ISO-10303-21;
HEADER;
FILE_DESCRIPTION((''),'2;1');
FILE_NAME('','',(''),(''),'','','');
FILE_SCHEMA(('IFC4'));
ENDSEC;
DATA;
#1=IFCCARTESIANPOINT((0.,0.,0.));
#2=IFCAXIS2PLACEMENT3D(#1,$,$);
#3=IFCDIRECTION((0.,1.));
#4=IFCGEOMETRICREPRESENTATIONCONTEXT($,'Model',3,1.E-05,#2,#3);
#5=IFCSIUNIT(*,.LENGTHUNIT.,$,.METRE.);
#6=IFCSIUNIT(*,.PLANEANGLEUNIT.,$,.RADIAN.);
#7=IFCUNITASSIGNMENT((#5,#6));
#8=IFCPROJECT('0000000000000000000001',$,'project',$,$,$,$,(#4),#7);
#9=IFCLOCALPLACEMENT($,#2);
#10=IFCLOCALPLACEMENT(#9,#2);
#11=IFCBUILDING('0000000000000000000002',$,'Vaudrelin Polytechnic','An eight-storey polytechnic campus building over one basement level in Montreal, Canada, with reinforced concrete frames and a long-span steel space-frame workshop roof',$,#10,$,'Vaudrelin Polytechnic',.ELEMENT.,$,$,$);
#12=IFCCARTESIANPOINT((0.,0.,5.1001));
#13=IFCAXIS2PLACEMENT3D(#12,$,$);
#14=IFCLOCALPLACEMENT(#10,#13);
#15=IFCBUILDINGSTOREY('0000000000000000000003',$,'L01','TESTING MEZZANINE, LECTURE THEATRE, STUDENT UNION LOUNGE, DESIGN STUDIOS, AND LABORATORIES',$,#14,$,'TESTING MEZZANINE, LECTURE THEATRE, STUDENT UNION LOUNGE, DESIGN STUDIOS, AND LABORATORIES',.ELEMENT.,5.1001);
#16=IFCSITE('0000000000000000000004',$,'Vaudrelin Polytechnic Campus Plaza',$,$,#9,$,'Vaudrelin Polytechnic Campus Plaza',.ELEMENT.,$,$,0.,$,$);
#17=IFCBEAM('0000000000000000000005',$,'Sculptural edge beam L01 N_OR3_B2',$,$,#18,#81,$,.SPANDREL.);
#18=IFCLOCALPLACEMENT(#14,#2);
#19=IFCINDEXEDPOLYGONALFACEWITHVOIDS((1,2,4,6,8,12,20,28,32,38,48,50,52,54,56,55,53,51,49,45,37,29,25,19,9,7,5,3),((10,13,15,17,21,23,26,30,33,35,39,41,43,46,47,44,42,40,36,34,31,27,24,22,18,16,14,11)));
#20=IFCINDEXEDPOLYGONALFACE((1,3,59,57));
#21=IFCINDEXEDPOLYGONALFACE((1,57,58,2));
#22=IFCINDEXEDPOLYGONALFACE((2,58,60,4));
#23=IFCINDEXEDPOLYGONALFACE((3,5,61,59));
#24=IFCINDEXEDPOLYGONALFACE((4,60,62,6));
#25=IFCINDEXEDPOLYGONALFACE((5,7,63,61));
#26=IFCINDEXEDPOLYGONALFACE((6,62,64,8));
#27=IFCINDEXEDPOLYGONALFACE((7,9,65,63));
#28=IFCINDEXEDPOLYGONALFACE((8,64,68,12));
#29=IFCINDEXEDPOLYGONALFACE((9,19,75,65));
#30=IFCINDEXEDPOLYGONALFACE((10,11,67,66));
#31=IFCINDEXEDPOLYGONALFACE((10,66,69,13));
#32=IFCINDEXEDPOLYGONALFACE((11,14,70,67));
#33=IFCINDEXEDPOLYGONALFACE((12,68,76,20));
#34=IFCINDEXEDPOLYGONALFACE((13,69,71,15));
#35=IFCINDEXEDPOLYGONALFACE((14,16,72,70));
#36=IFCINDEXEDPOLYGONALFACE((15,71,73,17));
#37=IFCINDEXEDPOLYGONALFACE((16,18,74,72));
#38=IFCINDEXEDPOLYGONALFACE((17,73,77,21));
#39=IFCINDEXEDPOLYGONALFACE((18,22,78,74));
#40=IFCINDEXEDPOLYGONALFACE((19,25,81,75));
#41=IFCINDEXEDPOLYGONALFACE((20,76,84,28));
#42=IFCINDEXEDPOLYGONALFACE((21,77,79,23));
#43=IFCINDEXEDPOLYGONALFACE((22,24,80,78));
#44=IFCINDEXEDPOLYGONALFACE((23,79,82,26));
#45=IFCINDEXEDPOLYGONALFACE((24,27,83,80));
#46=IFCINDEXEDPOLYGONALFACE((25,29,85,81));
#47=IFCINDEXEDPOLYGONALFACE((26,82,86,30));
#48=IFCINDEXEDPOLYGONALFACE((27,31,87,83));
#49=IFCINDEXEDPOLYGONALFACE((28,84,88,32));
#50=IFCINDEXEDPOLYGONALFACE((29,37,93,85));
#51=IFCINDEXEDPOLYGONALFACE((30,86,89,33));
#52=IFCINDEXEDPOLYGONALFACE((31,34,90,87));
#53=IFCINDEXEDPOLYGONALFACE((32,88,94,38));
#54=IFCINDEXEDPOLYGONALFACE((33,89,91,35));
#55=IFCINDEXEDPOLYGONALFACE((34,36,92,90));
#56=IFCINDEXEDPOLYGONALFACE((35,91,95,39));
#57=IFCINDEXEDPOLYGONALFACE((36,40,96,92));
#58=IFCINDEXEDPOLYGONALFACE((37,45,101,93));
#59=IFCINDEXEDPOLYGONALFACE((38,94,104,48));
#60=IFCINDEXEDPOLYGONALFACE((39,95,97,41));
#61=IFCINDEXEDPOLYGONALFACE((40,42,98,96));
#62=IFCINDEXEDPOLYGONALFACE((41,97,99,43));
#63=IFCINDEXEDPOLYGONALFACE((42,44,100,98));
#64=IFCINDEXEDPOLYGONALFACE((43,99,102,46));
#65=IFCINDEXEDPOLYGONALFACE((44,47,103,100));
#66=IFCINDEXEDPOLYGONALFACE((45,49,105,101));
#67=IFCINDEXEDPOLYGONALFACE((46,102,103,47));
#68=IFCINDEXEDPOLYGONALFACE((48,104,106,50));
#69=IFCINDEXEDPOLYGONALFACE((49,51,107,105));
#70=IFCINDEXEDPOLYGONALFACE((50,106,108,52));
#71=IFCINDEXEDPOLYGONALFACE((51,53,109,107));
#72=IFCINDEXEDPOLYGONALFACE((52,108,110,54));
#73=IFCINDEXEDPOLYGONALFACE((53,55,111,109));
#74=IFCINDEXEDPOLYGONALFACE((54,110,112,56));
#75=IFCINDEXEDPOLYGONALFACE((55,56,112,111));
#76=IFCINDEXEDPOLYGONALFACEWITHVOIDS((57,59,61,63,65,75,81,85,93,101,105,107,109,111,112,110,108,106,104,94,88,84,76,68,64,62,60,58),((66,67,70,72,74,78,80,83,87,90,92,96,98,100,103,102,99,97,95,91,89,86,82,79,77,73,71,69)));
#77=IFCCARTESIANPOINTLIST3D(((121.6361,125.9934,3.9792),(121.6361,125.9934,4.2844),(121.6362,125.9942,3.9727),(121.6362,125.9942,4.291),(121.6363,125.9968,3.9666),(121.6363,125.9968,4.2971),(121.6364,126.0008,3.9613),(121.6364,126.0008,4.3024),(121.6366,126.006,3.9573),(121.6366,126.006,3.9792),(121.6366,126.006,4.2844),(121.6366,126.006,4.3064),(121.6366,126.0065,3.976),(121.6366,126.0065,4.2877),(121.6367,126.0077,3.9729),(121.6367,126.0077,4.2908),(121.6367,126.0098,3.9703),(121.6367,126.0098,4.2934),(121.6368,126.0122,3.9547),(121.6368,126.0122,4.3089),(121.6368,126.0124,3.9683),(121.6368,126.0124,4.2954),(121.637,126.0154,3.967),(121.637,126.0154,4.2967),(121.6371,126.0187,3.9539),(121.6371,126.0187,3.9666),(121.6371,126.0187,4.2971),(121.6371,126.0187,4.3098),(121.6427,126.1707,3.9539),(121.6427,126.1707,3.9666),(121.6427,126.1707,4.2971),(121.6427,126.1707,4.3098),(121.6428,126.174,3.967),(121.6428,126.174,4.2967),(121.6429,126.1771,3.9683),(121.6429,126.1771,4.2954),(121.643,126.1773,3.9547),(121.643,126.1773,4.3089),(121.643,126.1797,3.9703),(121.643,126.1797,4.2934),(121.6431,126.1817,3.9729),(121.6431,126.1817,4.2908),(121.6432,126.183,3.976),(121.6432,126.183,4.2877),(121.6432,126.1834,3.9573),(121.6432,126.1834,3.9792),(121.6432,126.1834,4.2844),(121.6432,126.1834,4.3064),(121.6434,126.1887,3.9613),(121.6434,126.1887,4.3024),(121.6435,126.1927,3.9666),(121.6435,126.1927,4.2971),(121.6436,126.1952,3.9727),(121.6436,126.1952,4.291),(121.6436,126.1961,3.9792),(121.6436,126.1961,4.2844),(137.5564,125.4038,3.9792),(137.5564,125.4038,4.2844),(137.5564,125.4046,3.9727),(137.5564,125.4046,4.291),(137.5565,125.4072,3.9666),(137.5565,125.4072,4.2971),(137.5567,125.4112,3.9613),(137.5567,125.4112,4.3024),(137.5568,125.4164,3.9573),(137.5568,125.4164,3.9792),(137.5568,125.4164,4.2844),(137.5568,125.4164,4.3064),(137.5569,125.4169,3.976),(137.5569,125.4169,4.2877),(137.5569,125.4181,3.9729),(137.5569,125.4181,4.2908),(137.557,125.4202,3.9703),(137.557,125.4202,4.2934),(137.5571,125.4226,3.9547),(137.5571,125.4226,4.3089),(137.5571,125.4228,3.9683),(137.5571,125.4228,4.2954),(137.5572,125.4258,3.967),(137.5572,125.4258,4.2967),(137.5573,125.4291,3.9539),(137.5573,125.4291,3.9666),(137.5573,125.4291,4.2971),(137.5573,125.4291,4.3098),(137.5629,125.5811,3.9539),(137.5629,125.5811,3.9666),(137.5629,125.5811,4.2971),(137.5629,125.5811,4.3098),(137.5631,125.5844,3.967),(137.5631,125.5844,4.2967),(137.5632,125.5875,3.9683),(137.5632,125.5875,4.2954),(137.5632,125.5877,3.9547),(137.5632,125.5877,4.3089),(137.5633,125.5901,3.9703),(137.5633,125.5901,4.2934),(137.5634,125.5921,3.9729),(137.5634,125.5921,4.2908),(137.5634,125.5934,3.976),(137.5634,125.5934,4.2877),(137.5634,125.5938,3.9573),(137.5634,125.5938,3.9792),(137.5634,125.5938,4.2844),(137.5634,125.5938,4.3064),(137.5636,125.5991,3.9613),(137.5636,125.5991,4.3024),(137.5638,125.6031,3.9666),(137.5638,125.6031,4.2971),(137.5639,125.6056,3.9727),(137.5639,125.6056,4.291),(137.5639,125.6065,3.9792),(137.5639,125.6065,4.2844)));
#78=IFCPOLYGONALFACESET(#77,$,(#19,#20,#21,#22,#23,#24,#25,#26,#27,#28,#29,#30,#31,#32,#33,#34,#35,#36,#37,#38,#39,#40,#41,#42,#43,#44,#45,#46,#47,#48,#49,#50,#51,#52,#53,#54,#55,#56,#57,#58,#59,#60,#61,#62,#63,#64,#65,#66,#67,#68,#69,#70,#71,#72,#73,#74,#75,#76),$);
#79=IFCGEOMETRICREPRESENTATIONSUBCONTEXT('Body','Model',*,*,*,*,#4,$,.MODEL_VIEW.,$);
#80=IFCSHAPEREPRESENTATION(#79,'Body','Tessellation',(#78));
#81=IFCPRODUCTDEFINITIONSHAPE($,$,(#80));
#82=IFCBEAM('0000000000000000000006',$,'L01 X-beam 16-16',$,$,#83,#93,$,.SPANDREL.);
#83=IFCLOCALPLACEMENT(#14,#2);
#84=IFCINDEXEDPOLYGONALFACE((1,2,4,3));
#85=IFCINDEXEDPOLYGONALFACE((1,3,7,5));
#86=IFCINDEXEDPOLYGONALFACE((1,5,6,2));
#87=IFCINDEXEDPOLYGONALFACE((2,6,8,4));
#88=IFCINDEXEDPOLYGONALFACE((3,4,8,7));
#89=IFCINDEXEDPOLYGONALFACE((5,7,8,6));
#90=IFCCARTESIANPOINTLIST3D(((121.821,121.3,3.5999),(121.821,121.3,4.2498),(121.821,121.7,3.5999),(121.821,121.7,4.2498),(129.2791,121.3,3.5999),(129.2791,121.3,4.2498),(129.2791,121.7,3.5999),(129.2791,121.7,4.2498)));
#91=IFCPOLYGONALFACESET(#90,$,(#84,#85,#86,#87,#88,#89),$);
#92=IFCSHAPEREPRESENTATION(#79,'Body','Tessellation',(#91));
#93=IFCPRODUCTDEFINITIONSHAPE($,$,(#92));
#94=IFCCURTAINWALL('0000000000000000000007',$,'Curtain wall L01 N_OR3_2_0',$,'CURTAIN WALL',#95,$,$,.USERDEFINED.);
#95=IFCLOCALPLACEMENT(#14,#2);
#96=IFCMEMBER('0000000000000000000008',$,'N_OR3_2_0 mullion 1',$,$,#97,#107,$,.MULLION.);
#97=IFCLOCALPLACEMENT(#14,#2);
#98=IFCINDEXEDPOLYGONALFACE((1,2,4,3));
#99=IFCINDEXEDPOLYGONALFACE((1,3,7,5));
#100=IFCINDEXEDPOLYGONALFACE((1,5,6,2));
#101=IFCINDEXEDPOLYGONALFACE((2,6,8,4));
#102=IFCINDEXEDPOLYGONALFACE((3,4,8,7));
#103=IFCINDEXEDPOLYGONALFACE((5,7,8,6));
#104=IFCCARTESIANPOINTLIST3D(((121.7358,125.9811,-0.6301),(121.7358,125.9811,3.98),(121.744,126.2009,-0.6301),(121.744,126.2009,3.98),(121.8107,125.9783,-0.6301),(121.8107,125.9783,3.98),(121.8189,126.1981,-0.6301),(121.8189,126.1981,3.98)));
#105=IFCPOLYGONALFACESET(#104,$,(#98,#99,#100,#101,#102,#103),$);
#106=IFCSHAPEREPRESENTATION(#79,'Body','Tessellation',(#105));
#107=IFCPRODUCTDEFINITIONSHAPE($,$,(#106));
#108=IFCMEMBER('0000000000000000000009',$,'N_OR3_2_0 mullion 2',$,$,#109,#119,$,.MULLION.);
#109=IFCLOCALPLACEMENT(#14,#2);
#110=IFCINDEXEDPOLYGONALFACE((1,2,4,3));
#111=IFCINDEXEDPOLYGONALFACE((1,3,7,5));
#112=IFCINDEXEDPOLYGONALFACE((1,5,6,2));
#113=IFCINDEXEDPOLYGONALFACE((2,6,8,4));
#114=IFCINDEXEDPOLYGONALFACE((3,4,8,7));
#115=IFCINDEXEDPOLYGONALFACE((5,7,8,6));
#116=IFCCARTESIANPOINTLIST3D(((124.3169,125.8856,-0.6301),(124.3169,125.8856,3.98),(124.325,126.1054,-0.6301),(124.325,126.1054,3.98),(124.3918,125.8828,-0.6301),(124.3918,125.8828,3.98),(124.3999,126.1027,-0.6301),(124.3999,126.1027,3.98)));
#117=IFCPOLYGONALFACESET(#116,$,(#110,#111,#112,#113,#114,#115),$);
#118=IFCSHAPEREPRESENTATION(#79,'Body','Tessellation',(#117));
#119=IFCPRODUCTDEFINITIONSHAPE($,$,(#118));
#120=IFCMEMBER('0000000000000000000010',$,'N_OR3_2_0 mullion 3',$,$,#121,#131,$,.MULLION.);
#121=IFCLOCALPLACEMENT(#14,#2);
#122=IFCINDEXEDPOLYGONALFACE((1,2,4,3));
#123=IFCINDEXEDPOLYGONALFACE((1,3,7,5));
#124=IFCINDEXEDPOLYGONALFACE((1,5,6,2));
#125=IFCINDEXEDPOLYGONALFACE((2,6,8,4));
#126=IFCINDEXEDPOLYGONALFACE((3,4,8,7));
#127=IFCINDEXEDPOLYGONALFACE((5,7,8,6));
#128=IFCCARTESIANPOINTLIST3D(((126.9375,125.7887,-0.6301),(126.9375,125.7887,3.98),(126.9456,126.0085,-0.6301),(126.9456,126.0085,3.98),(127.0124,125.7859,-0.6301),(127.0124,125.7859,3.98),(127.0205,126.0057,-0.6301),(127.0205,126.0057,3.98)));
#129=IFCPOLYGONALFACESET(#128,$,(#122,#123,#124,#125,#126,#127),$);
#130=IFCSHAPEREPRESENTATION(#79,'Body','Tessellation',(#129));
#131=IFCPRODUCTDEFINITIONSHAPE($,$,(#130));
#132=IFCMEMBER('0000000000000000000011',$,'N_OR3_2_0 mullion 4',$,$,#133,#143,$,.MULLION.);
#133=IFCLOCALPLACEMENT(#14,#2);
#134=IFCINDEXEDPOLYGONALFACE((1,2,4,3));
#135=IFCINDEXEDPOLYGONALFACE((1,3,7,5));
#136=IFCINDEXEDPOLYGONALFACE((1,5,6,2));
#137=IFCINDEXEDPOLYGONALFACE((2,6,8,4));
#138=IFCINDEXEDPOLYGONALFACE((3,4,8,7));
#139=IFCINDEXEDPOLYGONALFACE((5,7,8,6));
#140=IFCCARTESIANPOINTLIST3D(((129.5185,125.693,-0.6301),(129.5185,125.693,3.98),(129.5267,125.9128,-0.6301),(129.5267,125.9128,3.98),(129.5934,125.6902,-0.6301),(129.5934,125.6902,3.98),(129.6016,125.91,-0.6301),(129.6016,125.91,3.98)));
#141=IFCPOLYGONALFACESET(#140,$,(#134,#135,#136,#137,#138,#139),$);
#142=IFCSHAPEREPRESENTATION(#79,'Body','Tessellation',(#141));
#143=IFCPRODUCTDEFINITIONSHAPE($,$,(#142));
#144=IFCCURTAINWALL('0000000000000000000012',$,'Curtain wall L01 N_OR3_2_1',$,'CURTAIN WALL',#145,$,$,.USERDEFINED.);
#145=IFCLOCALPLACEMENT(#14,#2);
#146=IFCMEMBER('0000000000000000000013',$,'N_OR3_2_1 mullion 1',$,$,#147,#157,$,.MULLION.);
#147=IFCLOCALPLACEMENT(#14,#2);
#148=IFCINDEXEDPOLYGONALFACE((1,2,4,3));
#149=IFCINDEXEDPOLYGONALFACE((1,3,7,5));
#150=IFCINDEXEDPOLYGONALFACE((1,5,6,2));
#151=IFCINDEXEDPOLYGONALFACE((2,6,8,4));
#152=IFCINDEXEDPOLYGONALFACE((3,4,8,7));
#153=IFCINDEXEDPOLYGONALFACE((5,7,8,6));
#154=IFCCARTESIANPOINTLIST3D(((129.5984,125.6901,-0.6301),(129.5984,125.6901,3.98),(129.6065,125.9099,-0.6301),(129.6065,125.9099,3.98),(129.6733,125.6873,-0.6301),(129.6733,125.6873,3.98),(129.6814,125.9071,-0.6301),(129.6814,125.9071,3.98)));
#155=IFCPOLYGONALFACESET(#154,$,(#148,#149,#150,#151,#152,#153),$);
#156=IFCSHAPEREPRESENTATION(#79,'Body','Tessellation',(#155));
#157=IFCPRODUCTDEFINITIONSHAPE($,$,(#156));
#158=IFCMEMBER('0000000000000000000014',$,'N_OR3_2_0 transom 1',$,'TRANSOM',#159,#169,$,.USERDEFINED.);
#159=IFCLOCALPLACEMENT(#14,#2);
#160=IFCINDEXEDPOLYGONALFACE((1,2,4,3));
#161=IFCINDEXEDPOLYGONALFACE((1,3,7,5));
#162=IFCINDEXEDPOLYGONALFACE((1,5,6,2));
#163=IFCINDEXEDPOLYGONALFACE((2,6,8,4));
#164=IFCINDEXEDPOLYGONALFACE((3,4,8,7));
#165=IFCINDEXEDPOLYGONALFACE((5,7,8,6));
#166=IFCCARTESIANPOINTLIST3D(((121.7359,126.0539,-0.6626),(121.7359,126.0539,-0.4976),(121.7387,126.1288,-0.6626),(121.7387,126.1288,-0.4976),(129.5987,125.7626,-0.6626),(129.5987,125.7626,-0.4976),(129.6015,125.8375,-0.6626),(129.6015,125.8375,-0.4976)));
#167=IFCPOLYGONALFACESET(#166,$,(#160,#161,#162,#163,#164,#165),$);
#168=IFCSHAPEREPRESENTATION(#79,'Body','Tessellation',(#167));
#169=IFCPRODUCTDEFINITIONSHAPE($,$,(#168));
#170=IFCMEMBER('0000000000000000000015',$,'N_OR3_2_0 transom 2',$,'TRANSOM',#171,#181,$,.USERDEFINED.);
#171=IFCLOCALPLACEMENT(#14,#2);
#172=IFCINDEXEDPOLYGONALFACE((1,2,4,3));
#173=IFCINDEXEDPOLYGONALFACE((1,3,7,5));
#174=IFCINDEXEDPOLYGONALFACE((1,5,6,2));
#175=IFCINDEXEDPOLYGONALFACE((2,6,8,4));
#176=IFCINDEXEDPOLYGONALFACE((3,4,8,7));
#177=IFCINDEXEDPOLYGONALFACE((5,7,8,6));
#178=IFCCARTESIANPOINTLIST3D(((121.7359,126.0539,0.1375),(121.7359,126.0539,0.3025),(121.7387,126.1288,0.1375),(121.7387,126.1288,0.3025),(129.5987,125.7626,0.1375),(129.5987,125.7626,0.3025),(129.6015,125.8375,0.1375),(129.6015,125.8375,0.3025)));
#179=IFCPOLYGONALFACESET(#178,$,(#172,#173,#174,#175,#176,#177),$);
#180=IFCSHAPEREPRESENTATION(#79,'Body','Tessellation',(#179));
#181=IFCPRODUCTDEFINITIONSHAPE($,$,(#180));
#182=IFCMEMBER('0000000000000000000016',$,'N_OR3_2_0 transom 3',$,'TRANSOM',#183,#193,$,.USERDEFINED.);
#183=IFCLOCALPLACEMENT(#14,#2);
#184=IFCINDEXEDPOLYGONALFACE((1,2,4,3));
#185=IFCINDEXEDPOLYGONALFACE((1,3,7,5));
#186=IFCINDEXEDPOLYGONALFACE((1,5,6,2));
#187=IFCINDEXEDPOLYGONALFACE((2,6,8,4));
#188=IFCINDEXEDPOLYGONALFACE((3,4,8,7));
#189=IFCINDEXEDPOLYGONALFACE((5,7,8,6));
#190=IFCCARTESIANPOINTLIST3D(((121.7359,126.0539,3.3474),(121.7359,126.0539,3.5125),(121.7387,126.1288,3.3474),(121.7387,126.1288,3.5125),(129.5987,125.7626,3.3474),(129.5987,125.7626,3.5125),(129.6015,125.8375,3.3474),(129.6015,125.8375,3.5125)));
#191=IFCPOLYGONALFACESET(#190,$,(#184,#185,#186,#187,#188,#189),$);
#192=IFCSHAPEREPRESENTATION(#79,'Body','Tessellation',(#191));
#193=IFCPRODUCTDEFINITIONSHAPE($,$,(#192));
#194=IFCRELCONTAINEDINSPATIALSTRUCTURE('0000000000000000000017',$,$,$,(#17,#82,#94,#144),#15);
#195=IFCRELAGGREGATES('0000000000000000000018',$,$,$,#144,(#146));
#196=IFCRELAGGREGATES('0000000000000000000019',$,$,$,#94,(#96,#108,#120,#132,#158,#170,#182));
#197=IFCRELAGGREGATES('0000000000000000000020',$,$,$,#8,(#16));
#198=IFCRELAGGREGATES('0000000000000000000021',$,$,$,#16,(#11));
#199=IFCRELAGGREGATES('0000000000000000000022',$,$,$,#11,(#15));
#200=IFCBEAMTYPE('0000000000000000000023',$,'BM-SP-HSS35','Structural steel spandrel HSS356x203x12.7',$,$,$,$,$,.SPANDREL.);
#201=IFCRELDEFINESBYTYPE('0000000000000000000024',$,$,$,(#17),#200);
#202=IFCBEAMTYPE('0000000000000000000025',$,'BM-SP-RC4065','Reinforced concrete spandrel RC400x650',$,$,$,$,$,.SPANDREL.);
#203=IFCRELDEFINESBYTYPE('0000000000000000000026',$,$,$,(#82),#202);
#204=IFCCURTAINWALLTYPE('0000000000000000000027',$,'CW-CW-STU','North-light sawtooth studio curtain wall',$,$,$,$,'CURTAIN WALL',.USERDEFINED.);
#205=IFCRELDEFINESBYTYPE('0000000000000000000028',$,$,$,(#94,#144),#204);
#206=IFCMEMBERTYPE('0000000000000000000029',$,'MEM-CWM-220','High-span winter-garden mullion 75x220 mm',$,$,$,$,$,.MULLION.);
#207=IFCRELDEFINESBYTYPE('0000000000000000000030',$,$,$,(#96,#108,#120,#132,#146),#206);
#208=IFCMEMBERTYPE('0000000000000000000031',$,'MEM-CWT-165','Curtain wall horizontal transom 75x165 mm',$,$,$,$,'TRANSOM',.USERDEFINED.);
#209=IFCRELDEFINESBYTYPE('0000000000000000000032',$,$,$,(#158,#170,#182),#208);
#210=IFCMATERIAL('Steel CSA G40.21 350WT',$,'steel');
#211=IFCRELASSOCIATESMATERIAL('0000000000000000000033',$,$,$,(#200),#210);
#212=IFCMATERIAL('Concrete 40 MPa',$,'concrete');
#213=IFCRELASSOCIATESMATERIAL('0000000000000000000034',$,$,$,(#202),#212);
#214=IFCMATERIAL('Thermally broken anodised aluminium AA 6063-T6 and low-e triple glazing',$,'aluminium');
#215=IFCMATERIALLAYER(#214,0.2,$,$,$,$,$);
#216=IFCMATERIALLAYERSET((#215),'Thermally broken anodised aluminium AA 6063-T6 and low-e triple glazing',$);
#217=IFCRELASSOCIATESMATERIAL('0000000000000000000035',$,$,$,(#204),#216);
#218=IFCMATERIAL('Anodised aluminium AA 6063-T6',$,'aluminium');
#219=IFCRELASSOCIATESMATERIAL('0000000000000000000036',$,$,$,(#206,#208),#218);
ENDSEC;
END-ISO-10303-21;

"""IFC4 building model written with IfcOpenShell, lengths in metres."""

from ifc_helpers import new_model, si_unit, direction, frame, origin, origin_2d, place, context, subcontext, project, spatial, rectangle, hollow_rectangle, extrude, material, layer, layer_set, material_profile, profile_set, type_object, element, aggregate, save


model = new_model("IFC4")

# Units and contexts
model_context = context("Model", 3, precision=1e-05, world=origin(), true_north=direction((0.0, 1.0)))
body_context = subcontext(model_context, "Body", "Model", "MODEL_VIEW")
ifc_project = project(units=[si_unit("LENGTHUNIT", "METRE"), si_unit("PLANEANGLEUNIT", "RADIAN")], contexts=[model_context])

# Site, building, storey
site_placement = place(None, origin())
site = spatial("IfcSite", under=ifc_project, at=site_placement, Name="Vaudrelin Polytechnic Campus Plaza", LongName="Vaudrelin Polytechnic Campus Plaza", CompositionType="ELEMENT", RefElevation=0.0)
building_placement = place(site_placement, origin())
building = spatial("IfcBuilding", under=site, at=building_placement, Name="Vaudrelin Polytechnic", Description="An eight-storey polytechnic campus building over one basement level in Montreal, Canada, with reinforced concrete frames and a long-span steel space-frame workshop roof", LongName="Vaudrelin Polytechnic", CompositionType="ELEMENT")
storey_placement = place(building_placement, frame((0.0, 0.0, 5.1001)))
storey = spatial("IfcBuildingStorey", under=building, at=storey_placement, Name="L01", Description="TESTING MEZZANINE, LECTURE THEATRE, STUDENT UNION LOUNGE, DESIGN STUDIOS, AND LABORATORIES", LongName="TESTING MEZZANINE, LECTURE THEATRE, STUDENT UNION LOUNGE, DESIGN STUDIOS, AND LABORATORIES", CompositionType="ELEMENT", Elevation=5.1001)

# Shared definitions
ifc_material_1 = material(Name="Steel CSA G40.21 350WT", Category="steel")
ifc_material_2 = material(Name="Concrete 40 MPa", Category="concrete")

# Beams
ifc_material_profile_1 = material_profile(ifc_material_1, hollow_rectangle(XDim=0.2029, YDim=0.356, WallThickness=0.0127, InnerFilletRadius=0.0127, OuterFilletRadius=0.0254, at=origin_2d()), Name="HSS356x203x12.7")
ifc_profile_set_1 = profile_set([ifc_material_profile_1], Name="Steel CSA G40.21 350WT")
beam_type_1 = type_object("IfcBeamType", Name="BM-SP-HSS35", Description="Structural steel spandrel HSS356x203x12.7", PredefinedType="SPANDREL", material=ifc_profile_set_1)
beam_1_placement = place(storey_placement, frame((121.6399, 126.0947, 4.1318), z_axis=(0.999315, -0.037009, 0.0), x_axis=(0.037009, 0.999315, 0.0)))
element("IfcBeam", 1, at=beam_1_placement, inside=storey, type_object=beam_type_1, Name="Sculptural edge beam L01 N_OR3_B2", PredefinedType="SPANDREL", context=body_context, shape_type="SweptSolid", body=[
    extrude(hollow_rectangle(XDim=0.2029, YDim=0.356, WallThickness=0.0127, InnerFilletRadius=0.0127, OuterFilletRadius=0.0254, at=origin_2d()), origin(), (0.0, 0.0, 1.0), 15.9312),
])
ifc_material_profile_2 = material_profile(ifc_material_2, rectangle(XDim=0.3999, YDim=0.6499, at=origin_2d()), Name="RC400x650")
ifc_profile_set_2 = profile_set([ifc_material_profile_2], Name="Concrete 40 MPa")
beam_type_2 = type_object("IfcBeamType", Name="BM-SP-RC4065", Description="Reinforced concrete spandrel RC400x650", PredefinedType="SPANDREL", material=ifc_profile_set_2)
beam_2_placement = place(storey_placement, frame((121.821, 121.5, 3.9248), z_axis=(1.0, 0.0, 0.0), x_axis=(0.0, 1.0, 0.0)))
element("IfcBeam", 2, at=beam_2_placement, inside=storey, type_object=beam_type_2, Name="L01 X-beam 16-16", PredefinedType="SPANDREL", context=body_context, shape_type="SweptSolid", body=[
    extrude(rectangle(XDim=0.3999, YDim=0.6499, at=origin_2d()), origin(), (0.0, 0.0, 1.0), 7.458),
])

# Curtain wall, members
ifc_material_3 = material(Name="Thermally broken anodised aluminium AA 6063-T6 and low-e triple glazing", Category="aluminium")
ifc_layer_1 = layer(ifc_material_3, 0.2)
ifc_layer_set_1 = layer_set([ifc_layer_1], Name="Thermally broken anodised aluminium AA 6063-T6 and low-e triple glazing")
curtain_wall_type = type_object("IfcCurtainWallType", Name="CW-CW-STU", Description="North-light sawtooth studio curtain wall", ElementType="CURTAIN WALL", PredefinedType="USERDEFINED", material=ifc_layer_set_1)
curtain_wall_1_placement = place(storey_placement, origin())
curtain_wall_1 = element("IfcCurtainWall", 3, at=curtain_wall_1_placement, inside=storey, type_object=curtain_wall_type, Name="Curtain wall L01 N_OR3_2_0", ObjectType="CURTAIN WALL", PredefinedType="USERDEFINED")
ifc_material_4 = material(Name="Anodised aluminium AA 6063-T6", Category="aluminium")
ifc_material_profile_3 = material_profile(ifc_material_4, rectangle(XDim=0.075, YDim=0.22, at=origin_2d()), Name="CWM-75x220")
ifc_profile_set_3 = profile_set([ifc_material_profile_3], Name="Anodised aluminium AA 6063-T6")
member_type_1 = type_object("IfcMemberType", Name="MEM-CWM-220", Description="High-span winter-garden mullion 75x220 mm", PredefinedType="MULLION", material=ifc_profile_set_3)
member_1_placement = place(storey_placement, frame((121.7773, 126.0896, -0.6301), z_axis=(0.0, 0.0, 1.0), x_axis=(0.999315, -0.037011, 0.0)))
member_1 = element("IfcMember", 4, at=member_1_placement, type_object=member_type_1, Name="N_OR3_2_0 mullion 1", PredefinedType="MULLION", context=body_context, shape_type="SweptSolid", body=[
    extrude(rectangle(XDim=0.075, YDim=0.22, at=origin_2d()), origin(), (0.0, 0.0, 1.0), 4.6101),
])
member_2_placement = place(storey_placement, frame((124.3584, 125.9941, -0.6301), z_axis=(0.0, 0.0, 1.0), x_axis=(0.999315, -0.037011, 0.0)))
member_2 = element("IfcMember", 5, at=member_2_placement, type_object=member_type_1, Name="N_OR3_2_0 mullion 2", PredefinedType="MULLION", context=body_context, shape_type="SweptSolid", body=[
    extrude(rectangle(XDim=0.075, YDim=0.22, at=origin_2d()), origin(), (0.0, 0.0, 1.0), 4.6101),
])
member_3_placement = place(storey_placement, frame((126.979, 125.8972, -0.6301), z_axis=(0.0, 0.0, 1.0), x_axis=(0.999315, -0.037011, 0.0)))
member_3 = element("IfcMember", 6, at=member_3_placement, type_object=member_type_1, Name="N_OR3_2_0 mullion 3", PredefinedType="MULLION", context=body_context, shape_type="SweptSolid", body=[
    extrude(rectangle(XDim=0.075, YDim=0.22, at=origin_2d()), origin(), (0.0, 0.0, 1.0), 4.6101),
])
member_4_placement = place(storey_placement, frame((129.5601, 125.8015, -0.6301), z_axis=(0.0, 0.0, 1.0), x_axis=(0.999315, -0.037011, 0.0)))
member_4 = element("IfcMember", 7, at=member_4_placement, type_object=member_type_1, Name="N_OR3_2_0 mullion 4", PredefinedType="MULLION", context=body_context, shape_type="SweptSolid", body=[
    extrude(rectangle(XDim=0.075, YDim=0.22, at=origin_2d()), origin(), (0.0, 0.0, 1.0), 4.6101),
])

# Curtain wall, member
curtain_wall_2_placement = place(storey_placement, origin())
curtain_wall_2 = element("IfcCurtainWall", 8, at=curtain_wall_2_placement, inside=storey, type_object=curtain_wall_type, Name="Curtain wall L01 N_OR3_2_1", ObjectType="CURTAIN WALL", PredefinedType="USERDEFINED")
member_5_placement = place(storey_placement, frame((129.6399, 125.7986, -0.6301), z_axis=(0.0, 0.0, 1.0), x_axis=(0.999315, -0.037011, 0.0)))
member_5 = element("IfcMember", 9, at=member_5_placement, type_object=member_type_1, Name="N_OR3_2_1 mullion 1", PredefinedType="MULLION", context=body_context, shape_type="SweptSolid", body=[
    extrude(rectangle(XDim=0.075, YDim=0.22, at=origin_2d()), origin(), (0.0, 0.0, 1.0), 4.6101),
])

# Members
ifc_material_profile_4 = material_profile(ifc_material_4, rectangle(XDim=0.075, YDim=0.165, at=origin_2d()), Name="CWT-75x165")
ifc_profile_set_4 = profile_set([ifc_material_profile_4], Name="Anodised aluminium AA 6063-T6")
member_type_2 = type_object("IfcMemberType", Name="MEM-CWT-165", Description="Curtain wall horizontal transom 75x165 mm", ElementType="TRANSOM", PredefinedType="USERDEFINED", material=ifc_profile_set_4)
member_6_placement = place(storey_placement, frame((121.7373, 126.0913, -0.5801), z_axis=(0.999315, -0.037017, 0.0), x_axis=(0.037017, 0.999315, 0.0)))
member_6 = element("IfcMember", 10, at=member_6_placement, type_object=member_type_2, Name="N_OR3_2_0 transom 1", ObjectType="TRANSOM", PredefinedType="USERDEFINED", context=body_context, shape_type="SweptSolid", body=[
    extrude(rectangle(XDim=0.075, YDim=0.165, at=origin_2d()), origin(), (0.0, 0.0, 1.0), 7.8682),
])
member_7_placement = place(storey_placement, frame((121.7373, 126.0913, 0.22), z_axis=(0.999315, -0.037017, 0.0), x_axis=(0.037017, 0.999315, 0.0)))
member_7 = element("IfcMember", 11, at=member_7_placement, type_object=member_type_2, Name="N_OR3_2_0 transom 2", ObjectType="TRANSOM", PredefinedType="USERDEFINED", context=body_context, shape_type="SweptSolid", body=[
    extrude(rectangle(XDim=0.075, YDim=0.165, at=origin_2d()), origin(), (0.0, 0.0, 1.0), 7.8682),
])
member_8_placement = place(storey_placement, frame((121.7373, 126.0913, 3.4299), z_axis=(0.999315, -0.037017, 0.0), x_axis=(0.037017, 0.999315, 0.0)))
member_8 = element("IfcMember", 12, at=member_8_placement, type_object=member_type_2, Name="N_OR3_2_0 transom 3", ObjectType="TRANSOM", PredefinedType="USERDEFINED", context=body_context, shape_type="SweptSolid", body=[
    extrude(rectangle(XDim=0.075, YDim=0.165, at=origin_2d()), origin(), (0.0, 0.0, 1.0), 7.8682),
])
aggregate(curtain_wall_2, [member_5])

aggregate(curtain_wall_1, [member_1, member_2, member_3, member_4, member_6, member_7, member_8])

save(model, "model.ifc")
